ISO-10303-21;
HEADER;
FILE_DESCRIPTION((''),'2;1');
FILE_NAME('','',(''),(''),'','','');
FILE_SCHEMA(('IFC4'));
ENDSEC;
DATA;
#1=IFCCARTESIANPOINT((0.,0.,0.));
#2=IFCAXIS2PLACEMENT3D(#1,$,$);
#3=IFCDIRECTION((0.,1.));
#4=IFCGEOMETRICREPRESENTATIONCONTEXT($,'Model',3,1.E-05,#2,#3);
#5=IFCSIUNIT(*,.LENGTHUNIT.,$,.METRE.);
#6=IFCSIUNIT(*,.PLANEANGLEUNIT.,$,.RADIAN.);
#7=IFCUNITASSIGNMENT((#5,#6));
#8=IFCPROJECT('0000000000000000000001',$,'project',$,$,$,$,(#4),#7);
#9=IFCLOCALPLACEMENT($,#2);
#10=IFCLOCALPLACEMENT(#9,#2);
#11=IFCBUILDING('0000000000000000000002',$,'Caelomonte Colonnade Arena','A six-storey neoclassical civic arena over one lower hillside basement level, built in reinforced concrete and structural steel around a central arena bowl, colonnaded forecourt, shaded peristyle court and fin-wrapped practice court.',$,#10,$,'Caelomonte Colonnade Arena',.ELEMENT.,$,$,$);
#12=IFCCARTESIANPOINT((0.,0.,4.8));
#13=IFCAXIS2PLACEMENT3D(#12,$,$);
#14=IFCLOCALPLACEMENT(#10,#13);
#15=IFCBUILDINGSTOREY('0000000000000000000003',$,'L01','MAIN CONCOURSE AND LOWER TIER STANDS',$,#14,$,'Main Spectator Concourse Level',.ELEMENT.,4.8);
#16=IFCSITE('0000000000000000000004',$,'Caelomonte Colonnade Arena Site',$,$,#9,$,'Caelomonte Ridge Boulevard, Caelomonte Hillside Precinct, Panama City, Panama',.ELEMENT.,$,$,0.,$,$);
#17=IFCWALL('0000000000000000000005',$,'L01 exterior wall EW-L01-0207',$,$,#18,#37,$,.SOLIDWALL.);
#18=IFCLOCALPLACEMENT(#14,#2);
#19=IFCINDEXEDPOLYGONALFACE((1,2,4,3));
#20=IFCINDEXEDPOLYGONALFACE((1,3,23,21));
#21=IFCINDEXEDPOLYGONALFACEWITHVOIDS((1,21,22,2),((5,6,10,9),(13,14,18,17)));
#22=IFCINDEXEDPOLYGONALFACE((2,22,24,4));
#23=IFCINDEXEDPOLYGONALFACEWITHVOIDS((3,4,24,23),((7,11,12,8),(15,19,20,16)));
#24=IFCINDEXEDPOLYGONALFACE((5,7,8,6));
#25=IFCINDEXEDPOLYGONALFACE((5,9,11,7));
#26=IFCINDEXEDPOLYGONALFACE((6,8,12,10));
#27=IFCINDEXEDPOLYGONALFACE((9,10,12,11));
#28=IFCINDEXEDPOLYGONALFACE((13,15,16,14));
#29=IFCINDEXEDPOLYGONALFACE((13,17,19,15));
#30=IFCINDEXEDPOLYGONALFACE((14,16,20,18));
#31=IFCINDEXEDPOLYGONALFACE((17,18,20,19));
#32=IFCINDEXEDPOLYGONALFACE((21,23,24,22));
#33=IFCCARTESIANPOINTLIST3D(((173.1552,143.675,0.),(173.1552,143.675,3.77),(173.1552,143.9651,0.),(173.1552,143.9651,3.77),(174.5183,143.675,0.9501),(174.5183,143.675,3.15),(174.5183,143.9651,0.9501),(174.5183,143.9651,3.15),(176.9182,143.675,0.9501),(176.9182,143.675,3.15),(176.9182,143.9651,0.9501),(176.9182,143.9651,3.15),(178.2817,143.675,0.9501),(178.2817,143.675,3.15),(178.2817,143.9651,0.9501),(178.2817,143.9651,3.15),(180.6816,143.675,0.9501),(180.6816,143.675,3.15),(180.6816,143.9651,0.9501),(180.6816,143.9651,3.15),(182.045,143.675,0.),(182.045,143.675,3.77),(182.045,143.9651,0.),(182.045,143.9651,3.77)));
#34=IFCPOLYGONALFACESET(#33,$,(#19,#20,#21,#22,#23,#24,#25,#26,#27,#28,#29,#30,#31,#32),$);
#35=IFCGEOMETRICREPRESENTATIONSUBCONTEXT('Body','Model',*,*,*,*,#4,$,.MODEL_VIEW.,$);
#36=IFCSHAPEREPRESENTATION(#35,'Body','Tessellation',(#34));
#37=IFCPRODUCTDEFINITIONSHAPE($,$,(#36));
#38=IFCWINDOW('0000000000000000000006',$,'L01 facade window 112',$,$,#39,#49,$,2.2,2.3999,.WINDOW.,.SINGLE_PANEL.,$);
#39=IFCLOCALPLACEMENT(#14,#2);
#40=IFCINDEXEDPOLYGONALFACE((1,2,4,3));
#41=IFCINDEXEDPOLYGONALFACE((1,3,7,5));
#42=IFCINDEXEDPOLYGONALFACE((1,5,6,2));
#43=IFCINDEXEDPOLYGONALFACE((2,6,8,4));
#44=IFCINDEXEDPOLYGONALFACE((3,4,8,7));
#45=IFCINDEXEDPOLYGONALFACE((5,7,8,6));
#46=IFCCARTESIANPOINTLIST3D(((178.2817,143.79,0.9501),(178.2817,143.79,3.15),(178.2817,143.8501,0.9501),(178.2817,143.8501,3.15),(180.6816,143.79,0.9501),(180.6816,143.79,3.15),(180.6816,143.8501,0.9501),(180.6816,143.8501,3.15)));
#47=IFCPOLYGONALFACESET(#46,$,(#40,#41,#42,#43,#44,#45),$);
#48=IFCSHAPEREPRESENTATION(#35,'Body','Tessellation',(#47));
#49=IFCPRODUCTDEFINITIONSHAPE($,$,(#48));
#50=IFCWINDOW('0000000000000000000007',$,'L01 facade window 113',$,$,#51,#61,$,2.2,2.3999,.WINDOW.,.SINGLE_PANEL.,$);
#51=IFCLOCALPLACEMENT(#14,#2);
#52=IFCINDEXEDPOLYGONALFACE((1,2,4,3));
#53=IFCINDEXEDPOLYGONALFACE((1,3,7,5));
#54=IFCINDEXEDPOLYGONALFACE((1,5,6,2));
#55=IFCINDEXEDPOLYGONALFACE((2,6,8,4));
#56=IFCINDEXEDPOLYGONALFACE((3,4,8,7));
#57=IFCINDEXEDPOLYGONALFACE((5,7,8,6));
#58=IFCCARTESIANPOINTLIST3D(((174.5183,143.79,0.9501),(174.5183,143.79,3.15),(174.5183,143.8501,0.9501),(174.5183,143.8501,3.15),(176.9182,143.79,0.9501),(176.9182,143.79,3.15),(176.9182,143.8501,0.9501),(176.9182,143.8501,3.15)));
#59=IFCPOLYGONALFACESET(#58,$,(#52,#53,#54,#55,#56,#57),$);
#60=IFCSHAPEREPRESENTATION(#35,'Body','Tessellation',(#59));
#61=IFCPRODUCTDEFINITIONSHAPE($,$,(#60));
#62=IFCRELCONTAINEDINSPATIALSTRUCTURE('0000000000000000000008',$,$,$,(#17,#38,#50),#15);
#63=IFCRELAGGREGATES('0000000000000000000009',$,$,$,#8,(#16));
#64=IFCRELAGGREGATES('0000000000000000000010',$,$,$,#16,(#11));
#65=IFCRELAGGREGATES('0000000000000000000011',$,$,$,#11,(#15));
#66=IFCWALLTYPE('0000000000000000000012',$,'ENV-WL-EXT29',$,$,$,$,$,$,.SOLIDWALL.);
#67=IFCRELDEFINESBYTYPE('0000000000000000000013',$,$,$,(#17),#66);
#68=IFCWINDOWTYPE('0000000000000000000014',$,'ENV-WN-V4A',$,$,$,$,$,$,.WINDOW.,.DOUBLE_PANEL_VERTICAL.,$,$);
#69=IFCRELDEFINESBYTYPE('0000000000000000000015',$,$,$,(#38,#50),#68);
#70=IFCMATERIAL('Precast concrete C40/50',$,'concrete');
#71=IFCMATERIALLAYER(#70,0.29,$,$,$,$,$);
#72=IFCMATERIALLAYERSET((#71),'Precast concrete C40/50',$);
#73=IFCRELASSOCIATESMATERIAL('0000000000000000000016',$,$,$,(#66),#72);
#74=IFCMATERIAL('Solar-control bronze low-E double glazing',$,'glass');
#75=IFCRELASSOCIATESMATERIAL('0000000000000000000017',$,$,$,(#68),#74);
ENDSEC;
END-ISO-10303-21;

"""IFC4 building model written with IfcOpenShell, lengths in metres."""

from ifc_helpers import new_model, si_unit, direction, frame, frame_2d, origin, place, context, subcontext, project, spatial, rectangle, extrude, material, layer, layer_set, type_object, element, fill, save


model = new_model("IFC4")

# Units and contexts
model_context = context("Model", 3, precision=1e-05, world=origin(), true_north=direction((0.0, 1.0)))
body_context = subcontext(model_context, "Body", "Model", "MODEL_VIEW")
ifc_project = project(units=[si_unit("LENGTHUNIT", "METRE"), si_unit("PLANEANGLEUNIT", "RADIAN")], contexts=[model_context])

# Site, building, storey
site_placement = place(None, origin())
site = spatial("IfcSite", under=ifc_project, at=site_placement, Name="Caelomonte Colonnade Arena Site", LongName="Caelomonte Ridge Boulevard, Caelomonte Hillside Precinct, Panama City, Panama", CompositionType="ELEMENT", RefElevation=0.0)
building_placement = place(site_placement, origin())
building = spatial("IfcBuilding", under=site, at=building_placement, Name="Caelomonte Colonnade Arena", Description="A six-storey neoclassical civic arena over one lower hillside basement level, built in reinforced concrete and structural steel around a central arena bowl, colonnaded forecourt, shaded peristyle court and fin-wrapped practice court.", LongName="Caelomonte Colonnade Arena", CompositionType="ELEMENT")
storey_placement = place(building_placement, frame((0.0, 0.0, 4.8)))
storey = spatial("IfcBuildingStorey", under=building, at=storey_placement, Name="L01", Description="MAIN CONCOURSE AND LOWER TIER STANDS", LongName="Main Spectator Concourse Level", CompositionType="ELEMENT", Elevation=4.8)

# Wall, openings, windows
ifc_material_1 = material(Name="Precast concrete C40/50", Category="concrete")
ifc_layer = layer(ifc_material_1, 0.29)
ifc_layer_set = layer_set([ifc_layer], Name="Precast concrete C40/50")
wall_type = type_object("IfcWallType", Name="ENV-WL-EXT29", PredefinedType="SOLIDWALL", material=ifc_layer_set)
ifc_material_2 = material(Name="Solar-control bronze low-E double glazing", Category="glass")
window_type = type_object("IfcWindowType", Name="ENV-WN-V4A", PartitioningType="DOUBLE_PANEL_VERTICAL", PredefinedType="WINDOW", material=ifc_material_2)
wall_1_placement = place(storey_placement, frame((182.0449, 143.8201, 0.0), z_axis=(0.0, 0.0, 1.0), x_axis=(-1.0, 0.0, 0.0)))
wall_1 = element("IfcWall", 1, at=wall_1_placement, inside=storey, type_object=wall_type, Name="L01 exterior wall EW-L01-0207", PredefinedType="SOLIDWALL", context=body_context, shape_type="SweptSolid", body=[
    extrude(rectangle(XDim=8.8899, YDim=0.29, at=frame_2d((4.4448, 0.0))), origin(), (0.0, 0.0, 1.0), 3.77),
])
opening_1_placement = place(wall_1_placement, frame((3.7632, 0.0, 0.95), z_axis=(0.0, 0.0, 1.0), x_axis=(-1.0, 0.0, 0.0)))
opening_1 = element("IfcOpeningElement", 2, at=opening_1_placement, cuts=wall_1, PredefinedType="OPENING", context=body_context, shape_type="SweptSolid", body=[
    extrude(rectangle(XDim=2.3999, YDim=2.2, at=frame_2d((1.2, 1.1001))), frame((0.0, 0.155, 0.0), z_axis=(0.0, -1.0, 0.0), x_axis=(1.0, 0.0, 0.0)), (0.0, 0.0, 1.0), 0.3101),
])
opening_2_placement = place(wall_1_placement, frame((7.5266, 0.0, 0.95), z_axis=(0.0, 0.0, 1.0), x_axis=(-1.0, 0.0, 0.0)))
opening_2 = element("IfcOpeningElement", 3, at=opening_2_placement, cuts=wall_1, PredefinedType="OPENING", context=body_context, shape_type="SweptSolid", body=[
    extrude(rectangle(XDim=2.3999, YDim=2.2, at=frame_2d((1.2, 1.1001))), frame((0.0, 0.155, 0.0), z_axis=(0.0, -1.0, 0.0), x_axis=(1.0, 0.0, 0.0)), (0.0, 0.0, 1.0), 0.3101),
])
window_1_placement = place(opening_1_placement, origin())
window_1 = element("IfcWindow", 4, at=window_1_placement, inside=storey, type_object=window_type, Name="L01 facade window 112", OverallHeight=2.2, OverallWidth=2.3999, PartitioningType="SINGLE_PANEL", PredefinedType="WINDOW", context=body_context, shape_type="SweptSolid", body=[
    extrude(rectangle(XDim=2.3999, YDim=2.2, at=frame_2d((1.2, 1.1001))), frame((0.0, 0.03, 0.0), z_axis=(0.0, -1.0, 0.0), x_axis=(1.0, 0.0, 0.0)), (0.0, 0.0, 1.0), 0.0601),
])
fill(opening_1, window_1)
window_2_placement = place(opening_2_placement, origin())
window_2 = element("IfcWindow", 5, at=window_2_placement, inside=storey, type_object=window_type, Name="L01 facade window 113", OverallHeight=2.2, OverallWidth=2.3999, PartitioningType="SINGLE_PANEL", PredefinedType="WINDOW", context=body_context, shape_type="SweptSolid", body=[
    extrude(rectangle(XDim=2.3999, YDim=2.2, at=frame_2d((1.2, 1.1001))), frame((0.0, 0.03, 0.0), z_axis=(0.0, -1.0, 0.0), x_axis=(1.0, 0.0, 0.0)), (0.0, 0.0, 1.0), 0.0601),
])
fill(opening_2, window_2)

save(model, "model.ifc")
